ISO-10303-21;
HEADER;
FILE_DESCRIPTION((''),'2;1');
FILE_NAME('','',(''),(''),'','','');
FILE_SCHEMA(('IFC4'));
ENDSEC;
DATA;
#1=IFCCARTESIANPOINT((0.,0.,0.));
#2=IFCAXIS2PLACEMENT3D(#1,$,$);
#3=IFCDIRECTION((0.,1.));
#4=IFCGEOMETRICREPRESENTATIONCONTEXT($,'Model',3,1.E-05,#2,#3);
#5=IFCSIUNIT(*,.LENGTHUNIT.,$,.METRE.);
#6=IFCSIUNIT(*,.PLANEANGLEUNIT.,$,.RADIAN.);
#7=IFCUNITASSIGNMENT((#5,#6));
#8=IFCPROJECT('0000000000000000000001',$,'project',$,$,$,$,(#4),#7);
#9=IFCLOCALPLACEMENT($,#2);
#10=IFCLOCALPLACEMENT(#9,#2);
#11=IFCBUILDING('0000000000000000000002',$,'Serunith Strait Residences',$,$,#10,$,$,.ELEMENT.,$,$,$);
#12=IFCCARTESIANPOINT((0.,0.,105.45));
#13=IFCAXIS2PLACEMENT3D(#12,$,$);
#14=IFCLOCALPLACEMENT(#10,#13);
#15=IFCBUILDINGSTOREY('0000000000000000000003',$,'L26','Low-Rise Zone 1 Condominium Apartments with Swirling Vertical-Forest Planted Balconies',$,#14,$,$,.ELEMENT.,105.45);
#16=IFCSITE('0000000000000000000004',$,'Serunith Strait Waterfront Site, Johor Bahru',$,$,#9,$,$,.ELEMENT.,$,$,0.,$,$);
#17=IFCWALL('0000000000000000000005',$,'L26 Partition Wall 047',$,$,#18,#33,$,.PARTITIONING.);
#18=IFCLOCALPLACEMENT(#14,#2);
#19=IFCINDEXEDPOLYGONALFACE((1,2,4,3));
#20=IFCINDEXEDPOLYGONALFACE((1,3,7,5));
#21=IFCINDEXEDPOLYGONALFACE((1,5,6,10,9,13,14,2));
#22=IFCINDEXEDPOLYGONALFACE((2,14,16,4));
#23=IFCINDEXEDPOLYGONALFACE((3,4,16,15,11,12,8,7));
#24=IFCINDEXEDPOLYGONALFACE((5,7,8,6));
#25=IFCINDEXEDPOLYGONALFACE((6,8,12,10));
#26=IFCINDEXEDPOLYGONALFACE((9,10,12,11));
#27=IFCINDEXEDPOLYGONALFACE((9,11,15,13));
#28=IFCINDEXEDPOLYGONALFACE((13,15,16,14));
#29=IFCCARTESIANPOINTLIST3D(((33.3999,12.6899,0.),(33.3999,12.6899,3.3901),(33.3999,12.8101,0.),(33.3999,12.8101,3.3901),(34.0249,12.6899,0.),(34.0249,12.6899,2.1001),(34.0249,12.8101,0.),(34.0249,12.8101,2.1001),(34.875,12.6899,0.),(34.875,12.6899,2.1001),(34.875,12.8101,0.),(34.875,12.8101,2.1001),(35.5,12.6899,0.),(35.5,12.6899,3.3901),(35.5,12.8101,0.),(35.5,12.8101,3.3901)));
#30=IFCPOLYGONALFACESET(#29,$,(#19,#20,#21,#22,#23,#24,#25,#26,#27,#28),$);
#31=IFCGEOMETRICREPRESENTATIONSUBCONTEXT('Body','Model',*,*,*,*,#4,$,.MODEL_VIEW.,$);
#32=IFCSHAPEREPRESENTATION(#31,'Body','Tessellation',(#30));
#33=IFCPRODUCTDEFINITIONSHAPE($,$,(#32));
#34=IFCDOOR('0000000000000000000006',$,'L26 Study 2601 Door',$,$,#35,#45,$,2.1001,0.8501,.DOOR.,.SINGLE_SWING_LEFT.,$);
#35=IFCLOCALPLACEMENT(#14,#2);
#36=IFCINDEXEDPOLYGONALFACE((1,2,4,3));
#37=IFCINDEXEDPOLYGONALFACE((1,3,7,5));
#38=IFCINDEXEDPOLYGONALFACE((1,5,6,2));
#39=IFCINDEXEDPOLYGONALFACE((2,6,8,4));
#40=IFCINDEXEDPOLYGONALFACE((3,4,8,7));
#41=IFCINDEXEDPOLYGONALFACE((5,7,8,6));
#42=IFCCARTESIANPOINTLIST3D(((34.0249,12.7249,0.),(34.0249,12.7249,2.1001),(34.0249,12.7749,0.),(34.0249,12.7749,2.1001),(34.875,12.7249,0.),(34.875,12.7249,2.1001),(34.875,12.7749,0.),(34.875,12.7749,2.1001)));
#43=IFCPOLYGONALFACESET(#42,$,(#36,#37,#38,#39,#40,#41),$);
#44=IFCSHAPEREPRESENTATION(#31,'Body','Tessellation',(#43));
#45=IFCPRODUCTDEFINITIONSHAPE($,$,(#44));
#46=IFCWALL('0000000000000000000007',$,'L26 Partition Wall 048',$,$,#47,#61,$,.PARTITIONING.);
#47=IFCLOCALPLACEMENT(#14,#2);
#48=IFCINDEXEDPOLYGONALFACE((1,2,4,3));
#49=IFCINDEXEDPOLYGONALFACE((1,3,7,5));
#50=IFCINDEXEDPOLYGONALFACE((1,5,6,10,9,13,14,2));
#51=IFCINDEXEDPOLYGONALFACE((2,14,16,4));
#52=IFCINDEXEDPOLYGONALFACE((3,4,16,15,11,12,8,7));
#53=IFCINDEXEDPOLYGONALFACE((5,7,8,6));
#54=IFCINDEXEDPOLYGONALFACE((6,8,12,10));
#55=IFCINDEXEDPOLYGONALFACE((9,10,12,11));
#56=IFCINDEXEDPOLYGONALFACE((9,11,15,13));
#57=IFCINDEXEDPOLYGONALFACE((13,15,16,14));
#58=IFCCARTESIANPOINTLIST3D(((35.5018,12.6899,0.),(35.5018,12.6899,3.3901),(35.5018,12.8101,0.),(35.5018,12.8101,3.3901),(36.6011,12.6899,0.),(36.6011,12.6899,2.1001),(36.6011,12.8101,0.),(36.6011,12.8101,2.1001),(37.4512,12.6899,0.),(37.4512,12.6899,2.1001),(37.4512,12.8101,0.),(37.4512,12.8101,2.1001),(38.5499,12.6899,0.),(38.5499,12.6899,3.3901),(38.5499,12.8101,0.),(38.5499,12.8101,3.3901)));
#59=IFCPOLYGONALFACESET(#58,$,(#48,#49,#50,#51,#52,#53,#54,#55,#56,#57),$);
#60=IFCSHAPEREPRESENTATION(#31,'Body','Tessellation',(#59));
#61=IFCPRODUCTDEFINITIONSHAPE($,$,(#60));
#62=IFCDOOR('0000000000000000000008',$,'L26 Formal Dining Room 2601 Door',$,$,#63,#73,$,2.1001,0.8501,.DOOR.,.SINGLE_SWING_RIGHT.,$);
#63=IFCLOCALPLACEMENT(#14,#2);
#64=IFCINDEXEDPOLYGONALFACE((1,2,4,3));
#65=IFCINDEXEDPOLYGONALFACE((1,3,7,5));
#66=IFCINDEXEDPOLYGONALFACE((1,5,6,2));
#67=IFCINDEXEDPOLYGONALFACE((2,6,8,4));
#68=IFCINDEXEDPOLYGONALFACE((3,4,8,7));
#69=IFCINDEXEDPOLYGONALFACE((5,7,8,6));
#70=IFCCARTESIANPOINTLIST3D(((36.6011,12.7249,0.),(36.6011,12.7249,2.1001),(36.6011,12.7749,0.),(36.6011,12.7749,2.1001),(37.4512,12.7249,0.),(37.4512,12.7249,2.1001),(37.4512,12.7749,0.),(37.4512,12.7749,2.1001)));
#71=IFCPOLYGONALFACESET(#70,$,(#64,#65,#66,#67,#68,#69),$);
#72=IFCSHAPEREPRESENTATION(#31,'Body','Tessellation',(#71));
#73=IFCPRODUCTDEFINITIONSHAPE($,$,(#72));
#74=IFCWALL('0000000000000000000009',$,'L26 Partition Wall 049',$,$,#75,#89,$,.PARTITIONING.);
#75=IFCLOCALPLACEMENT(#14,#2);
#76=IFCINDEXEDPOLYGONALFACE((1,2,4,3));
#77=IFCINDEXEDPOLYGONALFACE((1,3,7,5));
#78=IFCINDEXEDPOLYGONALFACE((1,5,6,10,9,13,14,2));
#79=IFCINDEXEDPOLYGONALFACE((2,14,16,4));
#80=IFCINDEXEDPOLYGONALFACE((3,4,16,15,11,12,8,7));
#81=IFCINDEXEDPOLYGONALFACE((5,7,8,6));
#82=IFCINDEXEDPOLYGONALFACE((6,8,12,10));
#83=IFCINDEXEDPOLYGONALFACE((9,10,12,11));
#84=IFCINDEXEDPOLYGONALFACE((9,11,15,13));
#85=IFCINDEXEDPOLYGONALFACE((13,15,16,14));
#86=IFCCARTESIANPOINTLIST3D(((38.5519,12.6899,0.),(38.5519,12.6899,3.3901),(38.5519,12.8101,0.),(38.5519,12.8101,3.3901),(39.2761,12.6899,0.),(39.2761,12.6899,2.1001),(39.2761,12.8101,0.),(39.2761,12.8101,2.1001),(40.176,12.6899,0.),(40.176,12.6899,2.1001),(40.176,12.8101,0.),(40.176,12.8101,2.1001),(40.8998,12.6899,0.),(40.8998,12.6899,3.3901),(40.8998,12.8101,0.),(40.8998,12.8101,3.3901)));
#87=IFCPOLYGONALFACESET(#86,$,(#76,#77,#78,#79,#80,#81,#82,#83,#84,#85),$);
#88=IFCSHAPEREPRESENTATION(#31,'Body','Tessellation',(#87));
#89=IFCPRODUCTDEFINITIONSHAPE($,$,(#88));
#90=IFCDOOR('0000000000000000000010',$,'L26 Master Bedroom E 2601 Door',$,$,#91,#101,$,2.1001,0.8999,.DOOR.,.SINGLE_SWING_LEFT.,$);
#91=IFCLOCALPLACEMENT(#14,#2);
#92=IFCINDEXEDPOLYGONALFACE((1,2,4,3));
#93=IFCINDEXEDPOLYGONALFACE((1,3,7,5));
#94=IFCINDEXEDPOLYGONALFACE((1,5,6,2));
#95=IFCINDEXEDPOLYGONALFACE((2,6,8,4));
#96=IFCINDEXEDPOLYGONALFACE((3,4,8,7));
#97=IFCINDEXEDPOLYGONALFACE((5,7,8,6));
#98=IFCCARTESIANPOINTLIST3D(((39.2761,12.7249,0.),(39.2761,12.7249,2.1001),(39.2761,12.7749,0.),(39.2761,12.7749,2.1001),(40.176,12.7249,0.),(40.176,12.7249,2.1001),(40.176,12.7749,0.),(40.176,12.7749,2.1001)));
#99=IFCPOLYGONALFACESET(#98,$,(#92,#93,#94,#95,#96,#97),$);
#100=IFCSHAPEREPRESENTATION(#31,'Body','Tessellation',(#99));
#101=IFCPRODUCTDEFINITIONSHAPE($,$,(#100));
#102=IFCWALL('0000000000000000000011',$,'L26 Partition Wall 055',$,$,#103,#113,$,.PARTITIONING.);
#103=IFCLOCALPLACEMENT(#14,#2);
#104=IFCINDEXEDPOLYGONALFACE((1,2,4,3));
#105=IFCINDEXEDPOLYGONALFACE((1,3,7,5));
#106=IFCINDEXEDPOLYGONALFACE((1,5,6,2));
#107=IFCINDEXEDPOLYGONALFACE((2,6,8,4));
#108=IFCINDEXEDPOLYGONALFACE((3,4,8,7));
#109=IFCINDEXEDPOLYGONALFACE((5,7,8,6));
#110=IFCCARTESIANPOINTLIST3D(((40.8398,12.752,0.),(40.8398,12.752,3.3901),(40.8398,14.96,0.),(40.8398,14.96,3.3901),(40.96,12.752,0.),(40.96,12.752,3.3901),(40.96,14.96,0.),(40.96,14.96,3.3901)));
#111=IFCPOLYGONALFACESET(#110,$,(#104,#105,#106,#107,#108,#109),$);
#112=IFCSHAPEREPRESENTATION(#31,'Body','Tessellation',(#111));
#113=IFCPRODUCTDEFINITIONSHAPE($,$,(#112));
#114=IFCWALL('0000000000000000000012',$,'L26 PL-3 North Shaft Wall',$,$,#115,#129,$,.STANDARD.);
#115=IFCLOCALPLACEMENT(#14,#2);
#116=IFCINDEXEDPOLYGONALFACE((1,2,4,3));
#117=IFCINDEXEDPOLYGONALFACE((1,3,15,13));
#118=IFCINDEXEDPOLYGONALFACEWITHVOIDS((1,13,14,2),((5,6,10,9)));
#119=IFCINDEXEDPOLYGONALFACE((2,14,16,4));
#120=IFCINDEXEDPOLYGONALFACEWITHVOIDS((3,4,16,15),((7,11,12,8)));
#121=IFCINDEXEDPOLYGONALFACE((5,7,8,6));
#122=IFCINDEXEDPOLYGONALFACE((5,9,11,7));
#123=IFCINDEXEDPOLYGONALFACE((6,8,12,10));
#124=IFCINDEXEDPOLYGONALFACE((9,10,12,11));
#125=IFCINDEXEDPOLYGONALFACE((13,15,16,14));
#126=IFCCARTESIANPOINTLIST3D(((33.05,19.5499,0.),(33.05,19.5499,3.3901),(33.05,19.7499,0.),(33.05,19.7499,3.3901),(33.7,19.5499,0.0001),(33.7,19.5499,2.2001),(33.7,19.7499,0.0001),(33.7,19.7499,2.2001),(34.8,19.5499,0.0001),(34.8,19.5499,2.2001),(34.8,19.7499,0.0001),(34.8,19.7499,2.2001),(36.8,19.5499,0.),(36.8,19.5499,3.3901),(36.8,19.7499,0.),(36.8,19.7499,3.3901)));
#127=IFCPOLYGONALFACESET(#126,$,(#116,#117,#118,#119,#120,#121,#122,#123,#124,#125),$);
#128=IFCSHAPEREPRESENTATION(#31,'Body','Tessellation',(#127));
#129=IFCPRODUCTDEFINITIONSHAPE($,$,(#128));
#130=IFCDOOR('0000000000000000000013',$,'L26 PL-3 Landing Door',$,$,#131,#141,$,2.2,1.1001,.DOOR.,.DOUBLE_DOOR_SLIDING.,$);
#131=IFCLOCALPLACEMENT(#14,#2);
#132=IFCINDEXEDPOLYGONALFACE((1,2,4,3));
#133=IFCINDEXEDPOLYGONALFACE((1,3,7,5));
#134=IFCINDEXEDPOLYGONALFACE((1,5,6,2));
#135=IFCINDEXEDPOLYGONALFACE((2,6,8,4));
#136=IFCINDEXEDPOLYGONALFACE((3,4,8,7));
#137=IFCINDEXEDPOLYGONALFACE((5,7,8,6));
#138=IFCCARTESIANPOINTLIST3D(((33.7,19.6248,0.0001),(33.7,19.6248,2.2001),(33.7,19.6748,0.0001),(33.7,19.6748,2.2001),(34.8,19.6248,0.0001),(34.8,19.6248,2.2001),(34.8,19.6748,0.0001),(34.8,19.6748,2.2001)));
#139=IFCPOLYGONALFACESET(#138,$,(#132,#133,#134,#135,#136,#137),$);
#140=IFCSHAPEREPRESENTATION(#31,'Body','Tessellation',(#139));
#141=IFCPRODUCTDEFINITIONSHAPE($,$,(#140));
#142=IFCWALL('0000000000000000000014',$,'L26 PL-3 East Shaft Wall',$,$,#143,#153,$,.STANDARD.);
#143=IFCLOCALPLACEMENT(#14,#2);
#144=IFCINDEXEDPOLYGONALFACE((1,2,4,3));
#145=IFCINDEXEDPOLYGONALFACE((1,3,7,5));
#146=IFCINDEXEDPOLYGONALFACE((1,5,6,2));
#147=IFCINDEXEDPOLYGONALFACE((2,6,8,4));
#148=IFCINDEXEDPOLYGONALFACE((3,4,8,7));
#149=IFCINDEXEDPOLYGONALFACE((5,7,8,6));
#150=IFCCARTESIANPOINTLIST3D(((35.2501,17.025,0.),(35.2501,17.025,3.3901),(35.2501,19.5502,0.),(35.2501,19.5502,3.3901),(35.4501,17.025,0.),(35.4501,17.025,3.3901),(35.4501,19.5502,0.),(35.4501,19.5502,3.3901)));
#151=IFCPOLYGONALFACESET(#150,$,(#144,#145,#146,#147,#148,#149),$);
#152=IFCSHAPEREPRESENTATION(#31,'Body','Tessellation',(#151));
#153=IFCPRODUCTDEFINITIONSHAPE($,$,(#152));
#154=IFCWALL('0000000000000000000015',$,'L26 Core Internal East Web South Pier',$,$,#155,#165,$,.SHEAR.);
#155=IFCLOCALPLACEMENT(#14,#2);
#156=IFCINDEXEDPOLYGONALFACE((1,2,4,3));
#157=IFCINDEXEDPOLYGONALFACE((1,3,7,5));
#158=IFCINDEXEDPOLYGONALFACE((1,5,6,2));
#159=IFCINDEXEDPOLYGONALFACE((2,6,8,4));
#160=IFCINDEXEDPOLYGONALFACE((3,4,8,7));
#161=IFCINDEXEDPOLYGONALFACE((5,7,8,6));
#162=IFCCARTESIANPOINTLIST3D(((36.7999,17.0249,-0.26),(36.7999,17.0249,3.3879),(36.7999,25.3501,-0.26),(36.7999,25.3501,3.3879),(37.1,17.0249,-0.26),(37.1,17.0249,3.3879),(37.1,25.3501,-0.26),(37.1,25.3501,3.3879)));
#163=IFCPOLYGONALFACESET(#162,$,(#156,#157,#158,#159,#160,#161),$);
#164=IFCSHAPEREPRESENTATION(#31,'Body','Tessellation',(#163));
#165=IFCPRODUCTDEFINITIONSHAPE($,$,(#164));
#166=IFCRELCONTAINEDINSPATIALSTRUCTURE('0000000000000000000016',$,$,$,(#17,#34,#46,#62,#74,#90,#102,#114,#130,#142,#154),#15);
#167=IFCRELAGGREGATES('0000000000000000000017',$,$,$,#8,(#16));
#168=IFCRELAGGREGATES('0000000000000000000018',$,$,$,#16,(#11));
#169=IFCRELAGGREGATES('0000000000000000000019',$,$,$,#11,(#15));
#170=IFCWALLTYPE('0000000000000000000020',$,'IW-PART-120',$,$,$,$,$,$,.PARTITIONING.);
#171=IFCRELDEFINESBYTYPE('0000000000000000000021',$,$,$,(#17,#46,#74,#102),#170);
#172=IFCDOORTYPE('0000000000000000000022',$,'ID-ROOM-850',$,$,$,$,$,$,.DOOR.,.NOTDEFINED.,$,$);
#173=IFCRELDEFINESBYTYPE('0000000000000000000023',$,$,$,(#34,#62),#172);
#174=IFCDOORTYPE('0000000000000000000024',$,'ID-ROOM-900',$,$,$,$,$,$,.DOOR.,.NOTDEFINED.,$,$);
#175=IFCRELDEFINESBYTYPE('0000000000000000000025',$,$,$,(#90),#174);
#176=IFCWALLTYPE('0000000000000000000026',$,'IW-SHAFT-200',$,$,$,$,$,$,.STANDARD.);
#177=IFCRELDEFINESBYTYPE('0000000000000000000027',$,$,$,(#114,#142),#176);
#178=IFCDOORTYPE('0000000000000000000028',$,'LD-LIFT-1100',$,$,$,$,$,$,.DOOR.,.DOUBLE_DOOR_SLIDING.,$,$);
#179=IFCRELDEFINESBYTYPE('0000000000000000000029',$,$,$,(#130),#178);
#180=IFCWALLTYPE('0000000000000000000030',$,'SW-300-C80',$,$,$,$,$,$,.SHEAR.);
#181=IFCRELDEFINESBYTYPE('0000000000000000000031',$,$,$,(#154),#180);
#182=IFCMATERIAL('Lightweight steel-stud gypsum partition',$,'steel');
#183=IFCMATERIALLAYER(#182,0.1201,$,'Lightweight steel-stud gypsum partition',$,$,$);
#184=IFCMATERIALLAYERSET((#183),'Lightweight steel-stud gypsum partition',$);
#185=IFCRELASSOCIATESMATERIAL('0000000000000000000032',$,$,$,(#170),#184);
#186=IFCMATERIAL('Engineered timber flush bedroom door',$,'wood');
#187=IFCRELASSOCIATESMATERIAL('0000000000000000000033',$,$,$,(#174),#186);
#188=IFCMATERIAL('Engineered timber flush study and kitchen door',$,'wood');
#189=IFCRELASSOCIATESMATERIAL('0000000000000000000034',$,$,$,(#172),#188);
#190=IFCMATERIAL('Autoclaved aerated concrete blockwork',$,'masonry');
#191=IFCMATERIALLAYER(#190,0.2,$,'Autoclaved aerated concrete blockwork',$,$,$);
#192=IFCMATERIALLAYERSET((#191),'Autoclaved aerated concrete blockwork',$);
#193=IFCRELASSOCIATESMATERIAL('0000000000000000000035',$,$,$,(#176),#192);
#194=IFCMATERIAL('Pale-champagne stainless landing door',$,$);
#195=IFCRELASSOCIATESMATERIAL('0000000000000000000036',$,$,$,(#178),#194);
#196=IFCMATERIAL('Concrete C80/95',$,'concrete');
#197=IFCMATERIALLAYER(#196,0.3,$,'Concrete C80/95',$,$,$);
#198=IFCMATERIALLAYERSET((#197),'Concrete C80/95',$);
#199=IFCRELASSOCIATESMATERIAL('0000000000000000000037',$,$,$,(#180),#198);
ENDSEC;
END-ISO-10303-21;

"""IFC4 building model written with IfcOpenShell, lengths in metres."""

from ifc_helpers import new_model, si_unit, direction, frame, frame_2d, origin, place, context, subcontext, project, spatial, rectangle, extrude, source, transform, mapped, material, layer, layer_set, type_object, element, fill, save


model = new_model("IFC4")

# Units and contexts
model_context = context("Model", 3, precision=1e-05, world=origin(), true_north=direction((0.0, 1.0)))
body_context = subcontext(model_context, "Body", "Model", "MODEL_VIEW")
ifc_project = project(units=[si_unit("LENGTHUNIT", "METRE"), si_unit("PLANEANGLEUNIT", "RADIAN")], contexts=[model_context])

# Site, building, storey
site_placement = place(None, origin())
site = spatial("IfcSite", under=ifc_project, at=site_placement, Name="Serunith Strait Waterfront Site, Johor Bahru", CompositionType="ELEMENT", RefElevation=0.0)
building_placement = place(site_placement, origin())
building = spatial("IfcBuilding", under=site, at=building_placement, Name="Serunith Strait Residences", CompositionType="ELEMENT")
storey_placement = place(building_placement, frame((0.0, 0.0, 105.45)))
storey = spatial("IfcBuildingStorey", under=building, at=storey_placement, Name="L26", Description="Low-Rise Zone 1 Condominium Apartments with Swirling Vertical-Forest Planted Balconies", CompositionType="ELEMENT", Elevation=105.45)

# Walls, openings, doors
ifc_material_1 = material(Name="Lightweight steel-stud gypsum partition", Category="steel")
ifc_layer_1 = layer(ifc_material_1, 0.1201, Name="Lightweight steel-stud gypsum partition")
ifc_layer_set_1 = layer_set([ifc_layer_1], Name="Lightweight steel-stud gypsum partition")
wall_type_1 = type_object("IfcWallType", Name="IW-PART-120", PredefinedType="PARTITIONING", material=ifc_layer_set_1)
ifc_material_2 = material(Name="Engineered timber flush bedroom door", Category="wood")
door_type_1 = type_object("IfcDoorType", Name="ID-ROOM-900", OperationType="NOTDEFINED", PredefinedType="DOOR", material=ifc_material_2)
shared_shape_1 = source(origin(), body_context, "Body", "SweptSolid", [
    extrude(rectangle(XDim=0.8999, YDim=2.1001, at=frame_2d((0.45, 1.05))), frame((0.0, 0.0249, 0.0), z_axis=(0.0, -1.0, 0.0), x_axis=(1.0, 0.0, 0.0)), (0.0, 0.0, 1.0), 0.05),
])
wall_1_placement = place(storey_placement, frame((33.3999, 12.75, 0.0), z_axis=(0.0, 0.0, 1.0), x_axis=(1.0, 0.0, 0.0)))
wall_1 = element("IfcWall", 1, at=wall_1_placement, inside=storey, type_object=wall_type_1, Name="L26 Partition Wall 047", PredefinedType="PARTITIONING", context=body_context, shape_type="SweptSolid", body=[
    extrude(rectangle(XDim=2.1001, YDim=0.1201, at=frame_2d((1.05, 0.0))), origin(), (0.0, 0.0, 1.0), 3.3901),
])
opening_1_placement = place(wall_1_placement, frame((0.625, 0.0, 0.0)))
opening_1 = element("IfcOpeningElement", 2, at=opening_1_placement, cuts=wall_1, PredefinedType="OPENING", context=body_context, shape_type="SweptSolid", body=[
    extrude(rectangle(XDim=0.8501, YDim=2.1001, at=frame_2d((0.425, 1.05))), frame((0.0, 0.0701, 0.0), z_axis=(0.0, -1.0, 0.0), x_axis=(1.0, 0.0, 0.0)), (0.0, 0.0, 1.0), 0.1401),
])
ifc_material_3 = material(Name="Engineered timber flush study and kitchen door", Category="wood")
door_type_2 = type_object("IfcDoorType", Name="ID-ROOM-850", OperationType="NOTDEFINED", PredefinedType="DOOR", material=ifc_material_3)
shared_shape_2 = source(origin(), body_context, "Body", "SweptSolid", [
    extrude(rectangle(XDim=0.8501, YDim=2.1001, at=frame_2d((0.425, 1.05))), frame((0.0, 0.0249, 0.0), z_axis=(0.0, -1.0, 0.0), x_axis=(1.0, 0.0, 0.0)), (0.0, 0.0, 1.0), 0.05),
])
door_1_placement = place(opening_1_placement, origin())
door_1 = element("IfcDoor", 3, at=door_1_placement, inside=storey, type_object=door_type_2, Name="L26 Study 2601 Door", OperationType="SINGLE_SWING_LEFT", OverallHeight=2.1001, OverallWidth=0.8501, PredefinedType="DOOR", context=body_context, shape_type="MappedRepresentation", body=[
    mapped(shared_shape_2, transform((0.0, 0.0, 0.0), scale=1.0)),
])
fill(opening_1, door_1)
wall_2_placement = place(storey_placement, frame((35.502, 12.75, 0.0), z_axis=(0.0, 0.0, 1.0), x_axis=(1.0, 0.0, 0.0)))
wall_2 = element("IfcWall", 4, at=wall_2_placement, inside=storey, type_object=wall_type_1, Name="L26 Partition Wall 048", PredefinedType="PARTITIONING", context=body_context, shape_type="SweptSolid", body=[
    extrude(rectangle(XDim=3.0481, YDim=0.1201, at=frame_2d((1.5239, 0.0))), origin(), (0.0, 0.0, 1.0), 3.3901),
])
opening_2_placement = place(wall_2_placement, frame((1.0991, 0.0, 0.0)))
opening_2 = element("IfcOpeningElement", 5, at=opening_2_placement, cuts=wall_2, PredefinedType="OPENING", context=body_context, shape_type="SweptSolid", body=[
    extrude(rectangle(XDim=0.8501, YDim=2.1001, at=frame_2d((0.425, 1.05))), frame((0.0, 0.0701, 0.0), z_axis=(0.0, -1.0, 0.0), x_axis=(1.0, 0.0, 0.0)), (0.0, 0.0, 1.0), 0.1401),
])
door_2_placement = place(opening_2_placement, origin())
door_2 = element("IfcDoor", 6, at=door_2_placement, inside=storey, type_object=door_type_2, Name="L26 Formal Dining Room 2601 Door", OperationType="SINGLE_SWING_RIGHT", OverallHeight=2.1001, OverallWidth=0.8501, PredefinedType="DOOR", context=body_context, shape_type="MappedRepresentation", body=[
    mapped(shared_shape_2, transform((0.0, 0.0, 0.0), scale=1.0)),
])
fill(opening_2, door_2)
wall_3_placement = place(storey_placement, frame((38.552, 12.75, 0.0), z_axis=(0.0, 0.0, 1.0), x_axis=(1.0, 0.0, 0.0)))
wall_3 = element("IfcWall", 7, at=wall_3_placement, inside=storey, type_object=wall_type_1, Name="L26 Partition Wall 049", PredefinedType="PARTITIONING", context=body_context, shape_type="SweptSolid", body=[
    extrude(rectangle(XDim=2.3479, YDim=0.1201, at=frame_2d((1.1738, 0.0))), origin(), (0.0, 0.0, 1.0), 3.3901),
])
opening_3_placement = place(wall_3_placement, frame((0.7241, 0.0, 0.0)))
opening_3 = element("IfcOpeningElement", 8, at=opening_3_placement, cuts=wall_3, PredefinedType="OPENING", context=body_context, shape_type="SweptSolid", body=[
    extrude(rectangle(XDim=0.8999, YDim=2.1001, at=frame_2d((0.45, 1.05))), frame((0.0, 0.0701, 0.0), z_axis=(0.0, -1.0, 0.0), x_axis=(1.0, 0.0, 0.0)), (0.0, 0.0, 1.0), 0.1401),
])
door_3_placement = place(opening_3_placement, origin())
door_3 = element("IfcDoor", 9, at=door_3_placement, inside=storey, type_object=door_type_1, Name="L26 Master Bedroom E 2601 Door", OperationType="SINGLE_SWING_LEFT", OverallHeight=2.1001, OverallWidth=0.8999, PredefinedType="DOOR", context=body_context, shape_type="MappedRepresentation", body=[
    mapped(shared_shape_1, transform((0.0, 0.0, 0.0), scale=1.0)),
])
fill(opening_3, door_3)

# Wall
wall_4_placement = place(storey_placement, frame((40.8999, 12.752, 0.0), z_axis=(0.0, 0.0, 1.0), x_axis=(0.0, 1.0, 0.0)))
element("IfcWall", 10, at=wall_4_placement, inside=storey, type_object=wall_type_1, Name="L26 Partition Wall 055", PredefinedType="PARTITIONING", context=body_context, shape_type="SweptSolid", body=[
    extrude(rectangle(XDim=2.208, YDim=0.1201, at=frame_2d((1.104, 0.0))), origin(), (0.0, 0.0, 1.0), 3.3901),
])

# Wall, opening, door
ifc_material_4 = material(Name="Autoclaved aerated concrete blockwork", Category="masonry")
ifc_layer_2 = layer(ifc_material_4, 0.2, Name="Autoclaved aerated concrete blockwork")
ifc_layer_set_2 = layer_set([ifc_layer_2], Name="Autoclaved aerated concrete blockwork")
wall_type_2 = type_object("IfcWallType", Name="IW-SHAFT-200", PredefinedType="STANDARD", material=ifc_layer_set_2)
wall_5_placement = place(storey_placement, frame((33.05, 19.6499, 0.0), z_axis=(0.0, 0.0, 1.0), x_axis=(1.0, 0.0, 0.0)))
wall_5 = element("IfcWall", 11, at=wall_5_placement, inside=storey, type_object=wall_type_2, Name="L26 PL-3 North Shaft Wall", PredefinedType="STANDARD", context=body_context, shape_type="SweptSolid", body=[
    extrude(rectangle(XDim=3.75, YDim=0.2, at=frame_2d((1.875, 0.0))), origin(), (0.0, 0.0, 1.0), 3.3901),
])
opening_4_placement = place(wall_5_placement, frame((0.6499, 0.0, 0.0)))
opening_4 = element("IfcOpeningElement", 12, at=opening_4_placement, cuts=wall_5, PredefinedType="OPENING", context=body_context, shape_type="SweptSolid", body=[
    extrude(rectangle(XDim=1.1001, YDim=2.2, at=frame_2d((0.55, 1.1001))), frame((0.0, 0.1099, 0.0), z_axis=(0.0, -1.0, 0.0), x_axis=(1.0, 0.0, 0.0)), (0.0, 0.0, 1.0), 0.22),
])
ifc_material_5 = material(Name="Pale-champagne stainless landing door")
door_type_3 = type_object("IfcDoorType", Name="LD-LIFT-1100", OperationType="DOUBLE_DOOR_SLIDING", PredefinedType="DOOR", material=ifc_material_5)
shared_shape_3 = source(origin(), body_context, "Body", "SweptSolid", [
    extrude(rectangle(XDim=1.1001, YDim=2.2, at=frame_2d((0.55, 1.1001))), frame((0.0, 0.0249, 0.0), z_axis=(0.0, -1.0, 0.0), x_axis=(1.0, 0.0, 0.0)), (0.0, 0.0, 1.0), 0.05),
])
door_4_placement = place(opening_4_placement, origin())
door_4 = element("IfcDoor", 13, at=door_4_placement, inside=storey, type_object=door_type_3, Name="L26 PL-3 Landing Door", OperationType="DOUBLE_DOOR_SLIDING", OverallHeight=2.2, OverallWidth=1.1001, PredefinedType="DOOR", context=body_context, shape_type="MappedRepresentation", body=[
    mapped(shared_shape_3, transform((0.0, 0.0, 0.0), scale=1.0)),
])
fill(opening_4, door_4)

# Walls
wall_6_placement = place(storey_placement, frame((35.3501, 17.0249, 0.0), z_axis=(0.0, 0.0, 1.0), x_axis=(0.0, 1.0, 0.0)))
element("IfcWall", 14, at=wall_6_placement, inside=storey, type_object=wall_type_2, Name="L26 PL-3 East Shaft Wall", PredefinedType="STANDARD", context=body_context, shape_type="SweptSolid", body=[
    extrude(rectangle(XDim=2.5251, YDim=0.2, at=frame_2d((1.2627, 0.0))), origin(), (0.0, 0.0, 1.0), 3.3901),
])
ifc_material_6 = material(Name="Concrete C80/95", Category="concrete")
ifc_layer_3 = layer(ifc_material_6, 0.3, Name="Concrete C80/95")
ifc_layer_set_3 = layer_set([ifc_layer_3], Name="Concrete C80/95")
wall_type_3 = type_object("IfcWallType", Name="SW-300-C80", PredefinedType="SHEAR", material=ifc_layer_set_3)
wall_7_placement = place(storey_placement, frame((36.95, 17.0249, -0.26), z_axis=(0.0, 0.0, 1.0), x_axis=(0.0, 1.0, 0.0)))
element("IfcWall", 15, at=wall_7_placement, inside=storey, type_object=wall_type_3, Name="L26 Core Internal East Web South Pier", PredefinedType="SHEAR", context=body_context, shape_type="SweptSolid", body=[
    extrude(rectangle(XDim=8.3252, YDim=0.3, at=frame_2d((4.1626, 0.0))), origin(), (0.0, 0.0, 1.0), 3.6479),
])

save(model, "model.ifc")
